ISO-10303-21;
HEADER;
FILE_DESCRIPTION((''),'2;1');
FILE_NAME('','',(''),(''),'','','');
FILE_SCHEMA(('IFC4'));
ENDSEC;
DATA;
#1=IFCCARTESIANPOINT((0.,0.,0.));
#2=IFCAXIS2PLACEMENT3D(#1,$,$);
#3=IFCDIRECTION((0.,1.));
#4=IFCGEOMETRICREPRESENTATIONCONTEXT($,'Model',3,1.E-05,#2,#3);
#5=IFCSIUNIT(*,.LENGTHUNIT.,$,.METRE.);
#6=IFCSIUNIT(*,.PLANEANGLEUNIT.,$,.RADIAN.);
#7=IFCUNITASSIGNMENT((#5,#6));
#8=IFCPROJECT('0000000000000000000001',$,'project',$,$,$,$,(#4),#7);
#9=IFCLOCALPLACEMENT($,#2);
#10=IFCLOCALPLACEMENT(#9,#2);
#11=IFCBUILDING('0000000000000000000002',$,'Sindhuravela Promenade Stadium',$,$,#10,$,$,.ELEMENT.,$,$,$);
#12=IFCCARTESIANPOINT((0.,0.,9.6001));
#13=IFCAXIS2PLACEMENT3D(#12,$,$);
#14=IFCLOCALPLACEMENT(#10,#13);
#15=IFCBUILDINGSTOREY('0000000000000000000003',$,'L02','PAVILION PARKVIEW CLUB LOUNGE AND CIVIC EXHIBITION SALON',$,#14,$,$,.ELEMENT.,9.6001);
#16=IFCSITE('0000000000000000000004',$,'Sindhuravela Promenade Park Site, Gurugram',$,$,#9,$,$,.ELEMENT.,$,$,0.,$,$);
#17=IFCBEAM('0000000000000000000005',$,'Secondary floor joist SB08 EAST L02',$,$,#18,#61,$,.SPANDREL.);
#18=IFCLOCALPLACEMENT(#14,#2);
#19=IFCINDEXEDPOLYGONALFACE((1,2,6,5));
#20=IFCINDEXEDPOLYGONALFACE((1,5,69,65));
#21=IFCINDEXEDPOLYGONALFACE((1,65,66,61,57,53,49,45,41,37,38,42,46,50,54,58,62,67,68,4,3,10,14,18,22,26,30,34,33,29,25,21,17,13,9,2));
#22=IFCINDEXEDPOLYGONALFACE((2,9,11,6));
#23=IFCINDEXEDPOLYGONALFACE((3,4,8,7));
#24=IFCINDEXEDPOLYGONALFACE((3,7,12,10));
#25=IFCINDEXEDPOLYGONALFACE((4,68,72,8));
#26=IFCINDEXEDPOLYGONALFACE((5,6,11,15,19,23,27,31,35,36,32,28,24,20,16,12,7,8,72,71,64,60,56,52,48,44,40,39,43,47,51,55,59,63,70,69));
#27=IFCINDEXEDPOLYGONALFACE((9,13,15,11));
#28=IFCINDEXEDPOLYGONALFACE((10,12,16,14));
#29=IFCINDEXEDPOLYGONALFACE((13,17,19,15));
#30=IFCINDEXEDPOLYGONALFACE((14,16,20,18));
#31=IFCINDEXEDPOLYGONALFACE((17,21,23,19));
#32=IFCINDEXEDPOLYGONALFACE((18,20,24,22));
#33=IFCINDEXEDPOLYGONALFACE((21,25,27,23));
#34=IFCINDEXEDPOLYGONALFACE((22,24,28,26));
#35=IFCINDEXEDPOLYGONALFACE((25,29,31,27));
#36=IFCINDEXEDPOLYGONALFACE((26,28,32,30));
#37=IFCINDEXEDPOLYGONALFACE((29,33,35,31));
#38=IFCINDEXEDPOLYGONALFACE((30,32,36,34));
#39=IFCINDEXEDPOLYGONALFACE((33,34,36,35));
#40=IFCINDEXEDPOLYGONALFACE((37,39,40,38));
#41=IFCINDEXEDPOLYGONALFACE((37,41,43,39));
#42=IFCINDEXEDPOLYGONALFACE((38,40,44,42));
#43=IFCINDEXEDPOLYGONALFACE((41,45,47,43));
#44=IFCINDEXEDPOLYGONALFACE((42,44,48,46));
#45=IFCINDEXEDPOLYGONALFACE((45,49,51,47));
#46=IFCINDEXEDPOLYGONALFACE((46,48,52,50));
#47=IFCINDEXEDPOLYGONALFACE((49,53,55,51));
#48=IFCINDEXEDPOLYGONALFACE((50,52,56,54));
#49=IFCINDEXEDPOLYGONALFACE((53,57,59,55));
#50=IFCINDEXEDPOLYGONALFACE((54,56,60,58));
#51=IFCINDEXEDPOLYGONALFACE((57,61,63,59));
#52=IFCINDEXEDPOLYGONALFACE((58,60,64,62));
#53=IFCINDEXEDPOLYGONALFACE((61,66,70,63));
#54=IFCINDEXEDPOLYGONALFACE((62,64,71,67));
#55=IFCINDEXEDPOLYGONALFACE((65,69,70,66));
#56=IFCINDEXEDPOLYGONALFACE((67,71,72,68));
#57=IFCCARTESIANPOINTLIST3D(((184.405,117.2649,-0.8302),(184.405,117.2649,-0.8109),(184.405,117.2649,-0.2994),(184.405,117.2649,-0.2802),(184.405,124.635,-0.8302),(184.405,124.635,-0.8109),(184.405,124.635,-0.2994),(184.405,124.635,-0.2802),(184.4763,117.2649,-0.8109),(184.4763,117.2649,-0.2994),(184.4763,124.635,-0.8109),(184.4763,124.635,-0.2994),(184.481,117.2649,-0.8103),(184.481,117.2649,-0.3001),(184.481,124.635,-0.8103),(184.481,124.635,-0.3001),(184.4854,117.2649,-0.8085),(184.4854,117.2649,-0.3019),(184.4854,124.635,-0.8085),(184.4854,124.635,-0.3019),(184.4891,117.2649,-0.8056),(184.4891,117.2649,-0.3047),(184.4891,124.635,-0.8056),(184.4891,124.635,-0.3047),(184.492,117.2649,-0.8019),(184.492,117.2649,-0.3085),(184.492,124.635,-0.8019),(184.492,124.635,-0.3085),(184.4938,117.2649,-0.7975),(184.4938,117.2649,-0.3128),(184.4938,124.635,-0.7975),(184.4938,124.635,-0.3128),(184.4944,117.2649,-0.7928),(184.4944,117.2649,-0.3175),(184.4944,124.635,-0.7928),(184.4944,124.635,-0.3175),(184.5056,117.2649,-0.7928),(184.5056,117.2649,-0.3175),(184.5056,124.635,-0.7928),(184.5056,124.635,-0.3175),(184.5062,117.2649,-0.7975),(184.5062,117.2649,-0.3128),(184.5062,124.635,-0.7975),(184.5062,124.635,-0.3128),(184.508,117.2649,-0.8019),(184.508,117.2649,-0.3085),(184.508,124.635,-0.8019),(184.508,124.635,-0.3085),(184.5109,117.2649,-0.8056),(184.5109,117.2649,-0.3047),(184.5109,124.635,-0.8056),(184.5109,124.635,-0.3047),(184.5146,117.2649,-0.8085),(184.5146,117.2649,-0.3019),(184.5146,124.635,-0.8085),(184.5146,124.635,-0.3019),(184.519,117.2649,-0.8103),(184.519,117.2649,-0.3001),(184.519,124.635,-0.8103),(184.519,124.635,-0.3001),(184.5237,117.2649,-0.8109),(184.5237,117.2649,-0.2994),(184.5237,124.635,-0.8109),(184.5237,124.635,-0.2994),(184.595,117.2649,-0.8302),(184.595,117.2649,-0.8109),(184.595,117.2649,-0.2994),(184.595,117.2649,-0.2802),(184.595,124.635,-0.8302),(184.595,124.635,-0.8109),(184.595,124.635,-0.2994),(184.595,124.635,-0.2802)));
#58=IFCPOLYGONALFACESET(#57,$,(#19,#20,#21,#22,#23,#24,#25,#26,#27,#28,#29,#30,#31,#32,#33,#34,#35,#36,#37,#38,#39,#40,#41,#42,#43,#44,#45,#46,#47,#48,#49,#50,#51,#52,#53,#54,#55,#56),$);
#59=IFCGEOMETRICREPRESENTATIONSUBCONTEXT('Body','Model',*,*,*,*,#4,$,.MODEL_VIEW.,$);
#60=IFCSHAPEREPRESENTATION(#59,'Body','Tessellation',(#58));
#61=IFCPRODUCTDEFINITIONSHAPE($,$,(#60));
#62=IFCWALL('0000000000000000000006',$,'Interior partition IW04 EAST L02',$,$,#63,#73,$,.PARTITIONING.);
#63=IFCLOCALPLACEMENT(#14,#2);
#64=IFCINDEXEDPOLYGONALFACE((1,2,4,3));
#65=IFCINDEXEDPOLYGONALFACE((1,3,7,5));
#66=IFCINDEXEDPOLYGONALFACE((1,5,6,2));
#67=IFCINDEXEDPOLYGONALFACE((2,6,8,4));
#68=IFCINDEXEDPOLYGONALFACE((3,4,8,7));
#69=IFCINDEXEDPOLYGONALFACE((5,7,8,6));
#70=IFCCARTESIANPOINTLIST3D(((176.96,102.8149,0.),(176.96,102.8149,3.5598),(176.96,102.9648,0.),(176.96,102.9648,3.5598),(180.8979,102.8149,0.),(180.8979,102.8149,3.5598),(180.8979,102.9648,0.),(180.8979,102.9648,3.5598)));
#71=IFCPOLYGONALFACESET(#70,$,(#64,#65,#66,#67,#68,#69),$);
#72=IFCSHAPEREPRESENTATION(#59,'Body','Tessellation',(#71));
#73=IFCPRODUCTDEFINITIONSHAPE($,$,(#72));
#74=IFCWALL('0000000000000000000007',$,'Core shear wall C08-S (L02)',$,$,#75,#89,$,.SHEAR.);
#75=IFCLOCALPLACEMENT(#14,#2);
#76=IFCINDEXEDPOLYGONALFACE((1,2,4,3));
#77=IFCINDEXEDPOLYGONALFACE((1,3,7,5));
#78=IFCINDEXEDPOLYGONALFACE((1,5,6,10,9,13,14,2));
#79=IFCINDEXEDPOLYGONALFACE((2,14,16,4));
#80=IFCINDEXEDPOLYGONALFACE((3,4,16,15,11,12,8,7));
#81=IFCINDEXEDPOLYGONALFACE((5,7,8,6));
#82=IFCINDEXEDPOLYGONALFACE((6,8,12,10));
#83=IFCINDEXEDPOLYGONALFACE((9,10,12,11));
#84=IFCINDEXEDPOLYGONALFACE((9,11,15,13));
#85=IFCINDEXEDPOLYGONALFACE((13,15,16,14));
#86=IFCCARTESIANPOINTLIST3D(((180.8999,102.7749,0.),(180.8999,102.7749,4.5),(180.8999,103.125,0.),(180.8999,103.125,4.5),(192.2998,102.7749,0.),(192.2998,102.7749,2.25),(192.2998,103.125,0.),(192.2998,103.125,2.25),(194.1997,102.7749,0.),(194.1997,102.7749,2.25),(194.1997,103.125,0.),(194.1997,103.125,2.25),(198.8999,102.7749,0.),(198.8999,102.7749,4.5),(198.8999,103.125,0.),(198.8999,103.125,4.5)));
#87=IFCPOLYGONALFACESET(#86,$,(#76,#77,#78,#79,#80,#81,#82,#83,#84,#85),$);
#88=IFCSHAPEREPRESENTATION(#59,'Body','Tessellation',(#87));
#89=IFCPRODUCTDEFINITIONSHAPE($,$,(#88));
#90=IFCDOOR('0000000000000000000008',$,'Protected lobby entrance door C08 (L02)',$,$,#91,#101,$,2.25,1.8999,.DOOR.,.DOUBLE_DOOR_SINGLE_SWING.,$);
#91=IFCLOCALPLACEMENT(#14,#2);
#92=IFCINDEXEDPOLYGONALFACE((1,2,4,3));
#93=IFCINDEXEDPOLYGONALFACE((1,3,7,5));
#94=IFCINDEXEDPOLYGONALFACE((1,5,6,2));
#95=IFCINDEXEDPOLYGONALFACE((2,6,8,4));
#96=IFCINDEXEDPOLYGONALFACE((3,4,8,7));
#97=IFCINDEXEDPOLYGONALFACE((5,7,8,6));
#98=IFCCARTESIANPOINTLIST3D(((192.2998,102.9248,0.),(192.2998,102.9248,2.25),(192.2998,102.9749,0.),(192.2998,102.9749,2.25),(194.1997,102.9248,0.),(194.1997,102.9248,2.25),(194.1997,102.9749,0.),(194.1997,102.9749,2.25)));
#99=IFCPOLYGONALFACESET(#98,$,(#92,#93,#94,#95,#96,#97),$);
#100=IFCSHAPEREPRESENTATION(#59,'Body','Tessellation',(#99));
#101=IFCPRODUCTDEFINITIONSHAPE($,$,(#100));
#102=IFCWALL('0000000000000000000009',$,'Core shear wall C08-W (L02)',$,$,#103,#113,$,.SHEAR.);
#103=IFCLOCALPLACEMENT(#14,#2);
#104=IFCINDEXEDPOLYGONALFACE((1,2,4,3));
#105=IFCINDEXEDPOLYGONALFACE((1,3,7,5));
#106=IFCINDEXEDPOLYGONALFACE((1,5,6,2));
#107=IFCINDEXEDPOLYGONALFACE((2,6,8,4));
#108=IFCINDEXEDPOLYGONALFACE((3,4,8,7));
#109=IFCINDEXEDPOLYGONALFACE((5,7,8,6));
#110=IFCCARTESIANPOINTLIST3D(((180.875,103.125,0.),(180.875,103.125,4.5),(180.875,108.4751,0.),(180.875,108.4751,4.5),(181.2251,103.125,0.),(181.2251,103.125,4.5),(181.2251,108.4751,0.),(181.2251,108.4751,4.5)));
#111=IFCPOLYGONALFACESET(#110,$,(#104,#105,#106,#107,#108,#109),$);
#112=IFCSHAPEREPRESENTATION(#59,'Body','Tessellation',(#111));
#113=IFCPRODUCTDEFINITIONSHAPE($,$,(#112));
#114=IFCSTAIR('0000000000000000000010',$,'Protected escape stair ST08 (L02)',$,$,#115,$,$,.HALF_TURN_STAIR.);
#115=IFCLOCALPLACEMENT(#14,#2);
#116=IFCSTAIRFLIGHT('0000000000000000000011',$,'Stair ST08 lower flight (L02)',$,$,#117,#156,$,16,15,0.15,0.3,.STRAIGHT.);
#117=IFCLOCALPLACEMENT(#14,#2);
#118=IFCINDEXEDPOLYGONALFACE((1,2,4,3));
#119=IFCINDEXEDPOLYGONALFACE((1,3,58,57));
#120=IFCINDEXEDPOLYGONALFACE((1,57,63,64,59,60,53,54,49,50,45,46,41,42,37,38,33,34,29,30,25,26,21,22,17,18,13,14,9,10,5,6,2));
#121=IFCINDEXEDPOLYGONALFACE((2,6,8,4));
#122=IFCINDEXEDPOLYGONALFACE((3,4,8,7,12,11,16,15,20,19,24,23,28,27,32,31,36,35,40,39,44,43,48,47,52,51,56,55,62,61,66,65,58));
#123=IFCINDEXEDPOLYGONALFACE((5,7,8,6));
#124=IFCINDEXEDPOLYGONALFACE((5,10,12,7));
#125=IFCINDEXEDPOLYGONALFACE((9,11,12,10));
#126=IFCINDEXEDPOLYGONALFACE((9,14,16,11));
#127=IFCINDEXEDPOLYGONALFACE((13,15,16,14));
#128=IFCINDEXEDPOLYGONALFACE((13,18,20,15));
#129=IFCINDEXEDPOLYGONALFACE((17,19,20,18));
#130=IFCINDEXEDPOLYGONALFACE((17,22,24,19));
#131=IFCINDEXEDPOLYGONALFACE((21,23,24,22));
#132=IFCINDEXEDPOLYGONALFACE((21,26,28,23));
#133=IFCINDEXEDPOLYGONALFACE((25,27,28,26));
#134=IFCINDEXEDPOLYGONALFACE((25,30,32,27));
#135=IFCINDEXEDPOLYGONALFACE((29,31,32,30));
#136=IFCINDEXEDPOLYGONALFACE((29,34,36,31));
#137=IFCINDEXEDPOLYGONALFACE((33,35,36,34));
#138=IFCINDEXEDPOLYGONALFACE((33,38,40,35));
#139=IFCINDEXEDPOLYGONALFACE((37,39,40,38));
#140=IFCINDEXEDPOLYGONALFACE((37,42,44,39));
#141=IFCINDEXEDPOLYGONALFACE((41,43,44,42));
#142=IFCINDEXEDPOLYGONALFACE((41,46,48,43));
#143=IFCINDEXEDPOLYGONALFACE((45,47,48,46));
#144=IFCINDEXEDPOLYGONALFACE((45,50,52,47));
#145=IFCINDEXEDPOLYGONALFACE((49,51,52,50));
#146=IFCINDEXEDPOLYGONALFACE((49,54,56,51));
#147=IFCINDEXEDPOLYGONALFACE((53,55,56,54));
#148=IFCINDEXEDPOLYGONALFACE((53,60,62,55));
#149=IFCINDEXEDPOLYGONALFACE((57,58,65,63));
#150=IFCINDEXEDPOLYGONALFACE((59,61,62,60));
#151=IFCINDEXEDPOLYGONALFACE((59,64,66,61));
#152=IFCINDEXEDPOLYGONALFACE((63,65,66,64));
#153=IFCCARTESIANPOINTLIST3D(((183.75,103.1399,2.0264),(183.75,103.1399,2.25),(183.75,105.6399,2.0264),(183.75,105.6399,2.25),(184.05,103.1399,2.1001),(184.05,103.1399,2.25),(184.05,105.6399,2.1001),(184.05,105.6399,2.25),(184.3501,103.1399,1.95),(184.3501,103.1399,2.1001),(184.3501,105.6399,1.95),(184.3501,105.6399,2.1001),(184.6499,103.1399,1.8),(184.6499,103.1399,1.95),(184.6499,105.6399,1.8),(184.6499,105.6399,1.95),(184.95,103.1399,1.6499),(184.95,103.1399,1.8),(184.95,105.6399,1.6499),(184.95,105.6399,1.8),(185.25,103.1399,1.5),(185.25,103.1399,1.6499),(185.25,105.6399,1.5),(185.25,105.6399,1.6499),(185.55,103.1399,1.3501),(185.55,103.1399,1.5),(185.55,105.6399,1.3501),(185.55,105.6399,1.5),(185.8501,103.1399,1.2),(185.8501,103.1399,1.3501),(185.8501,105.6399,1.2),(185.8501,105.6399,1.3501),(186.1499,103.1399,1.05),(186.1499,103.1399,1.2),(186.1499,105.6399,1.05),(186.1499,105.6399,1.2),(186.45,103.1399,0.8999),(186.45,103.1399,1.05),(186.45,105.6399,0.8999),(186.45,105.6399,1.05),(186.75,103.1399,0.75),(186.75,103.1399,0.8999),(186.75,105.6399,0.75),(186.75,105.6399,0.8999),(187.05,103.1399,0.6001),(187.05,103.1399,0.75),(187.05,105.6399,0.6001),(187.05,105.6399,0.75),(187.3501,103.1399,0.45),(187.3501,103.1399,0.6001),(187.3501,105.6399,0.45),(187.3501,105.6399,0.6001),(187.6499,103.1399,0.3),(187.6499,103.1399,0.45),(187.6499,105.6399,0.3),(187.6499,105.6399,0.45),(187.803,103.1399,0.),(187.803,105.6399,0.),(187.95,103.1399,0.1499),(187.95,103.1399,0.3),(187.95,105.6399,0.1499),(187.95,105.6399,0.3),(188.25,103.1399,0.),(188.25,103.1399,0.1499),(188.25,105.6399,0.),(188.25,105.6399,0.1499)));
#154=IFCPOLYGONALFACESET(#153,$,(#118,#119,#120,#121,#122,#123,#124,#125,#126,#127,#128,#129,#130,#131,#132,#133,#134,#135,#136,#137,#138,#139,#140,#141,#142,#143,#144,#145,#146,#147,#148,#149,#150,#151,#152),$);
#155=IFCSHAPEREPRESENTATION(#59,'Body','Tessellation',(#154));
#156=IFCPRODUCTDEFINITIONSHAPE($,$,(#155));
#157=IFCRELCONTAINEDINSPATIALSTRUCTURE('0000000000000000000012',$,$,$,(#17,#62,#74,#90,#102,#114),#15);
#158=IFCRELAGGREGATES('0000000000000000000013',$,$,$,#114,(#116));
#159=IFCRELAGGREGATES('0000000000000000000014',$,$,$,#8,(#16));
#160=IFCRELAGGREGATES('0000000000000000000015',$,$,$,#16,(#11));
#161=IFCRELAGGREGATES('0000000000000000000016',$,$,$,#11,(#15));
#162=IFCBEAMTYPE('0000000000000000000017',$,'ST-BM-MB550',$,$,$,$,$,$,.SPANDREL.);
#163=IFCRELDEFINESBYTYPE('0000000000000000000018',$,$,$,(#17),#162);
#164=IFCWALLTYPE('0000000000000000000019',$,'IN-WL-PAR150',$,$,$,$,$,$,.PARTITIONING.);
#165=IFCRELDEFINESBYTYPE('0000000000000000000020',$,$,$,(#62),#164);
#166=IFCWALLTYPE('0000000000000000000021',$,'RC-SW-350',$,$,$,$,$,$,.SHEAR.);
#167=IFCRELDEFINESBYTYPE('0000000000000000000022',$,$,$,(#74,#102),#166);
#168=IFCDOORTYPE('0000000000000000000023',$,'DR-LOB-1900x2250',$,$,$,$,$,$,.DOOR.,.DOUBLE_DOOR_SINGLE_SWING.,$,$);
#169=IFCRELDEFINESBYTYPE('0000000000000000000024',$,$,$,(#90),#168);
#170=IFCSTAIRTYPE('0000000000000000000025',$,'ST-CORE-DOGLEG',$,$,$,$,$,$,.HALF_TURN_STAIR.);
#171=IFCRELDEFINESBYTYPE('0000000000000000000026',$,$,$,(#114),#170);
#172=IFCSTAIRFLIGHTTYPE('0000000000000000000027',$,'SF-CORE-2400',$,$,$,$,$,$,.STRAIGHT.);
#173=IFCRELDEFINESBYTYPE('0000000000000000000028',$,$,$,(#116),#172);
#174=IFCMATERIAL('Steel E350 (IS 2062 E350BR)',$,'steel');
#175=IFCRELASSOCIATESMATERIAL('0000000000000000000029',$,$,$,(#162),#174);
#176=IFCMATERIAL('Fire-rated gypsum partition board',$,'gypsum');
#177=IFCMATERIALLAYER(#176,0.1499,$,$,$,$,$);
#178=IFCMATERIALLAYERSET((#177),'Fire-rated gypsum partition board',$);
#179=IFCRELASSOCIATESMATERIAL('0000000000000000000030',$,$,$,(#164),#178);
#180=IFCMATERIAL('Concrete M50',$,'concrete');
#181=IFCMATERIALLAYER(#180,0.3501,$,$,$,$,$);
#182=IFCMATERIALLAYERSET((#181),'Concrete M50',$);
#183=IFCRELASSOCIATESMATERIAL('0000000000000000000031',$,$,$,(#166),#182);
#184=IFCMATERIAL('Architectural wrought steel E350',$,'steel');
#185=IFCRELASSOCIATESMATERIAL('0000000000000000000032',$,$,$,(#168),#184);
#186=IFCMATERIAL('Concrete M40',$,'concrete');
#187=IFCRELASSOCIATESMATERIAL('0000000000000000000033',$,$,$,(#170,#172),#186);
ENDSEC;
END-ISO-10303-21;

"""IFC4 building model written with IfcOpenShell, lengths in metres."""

from ifc_helpers import new_model, si_unit, direction, frame, frame_2d, origin, origin_2d, place, context, subcontext, project, spatial, polyline, rectangle, i_section, outline, extrude, material, layer, layer_set, material_profile, profile_set, type_object, element, fill, aggregate, save


model = new_model("IFC4")

# Units and contexts
model_context = context("Model", 3, precision=1e-05, world=origin(), true_north=direction((0.0, 1.0)))
body_context = subcontext(model_context, "Body", "Model", "MODEL_VIEW")
ifc_project = project(units=[si_unit("LENGTHUNIT", "METRE"), si_unit("PLANEANGLEUNIT", "RADIAN")], contexts=[model_context])

# Site, building, storey
site_placement = place(None, origin())
site = spatial("IfcSite", under=ifc_project, at=site_placement, Name="Sindhuravela Promenade Park Site, Gurugram", CompositionType="ELEMENT", RefElevation=0.0)
building_placement = place(site_placement, origin())
building = spatial("IfcBuilding", under=site, at=building_placement, Name="Sindhuravela Promenade Stadium", CompositionType="ELEMENT")
storey_placement = place(building_placement, frame((0.0, 0.0, 9.6001)))
storey = spatial("IfcBuildingStorey", under=building, at=storey_placement, Name="L02", Description="PAVILION PARKVIEW CLUB LOUNGE AND CIVIC EXHIBITION SALON", CompositionType="ELEMENT", Elevation=9.6001)

# Shared definitions
ifc_material_1 = material(Name="Concrete M40", Category="concrete")

# Beam
ifc_material_2 = material(Name="Steel E350 (IS 2062 E350BR)", Category="steel")
ifc_material_profile_1 = material_profile(ifc_material_2, i_section(OverallWidth=0.1899, OverallDepth=0.55, WebThickness=0.0112, FlangeThickness=0.0193, FilletRadius=0.0181, at=origin_2d()), Name="ISMB 550")
ifc_profile_set_1 = profile_set([ifc_material_profile_1], Name="Steel E350 (IS 2062 E350BR)")
beam_type_1 = type_object("IfcBeamType", Name="ST-BM-MB550", PredefinedType="SPANDREL", material=ifc_profile_set_1)
beam_1_placement = place(storey_placement, frame((184.5, 117.2649, -0.5552), z_axis=(0.0, 1.0, 0.0), x_axis=(-1.0, 0.0, 0.0)))
element("IfcBeam", 1, at=beam_1_placement, inside=storey, type_object=beam_type_1, Name="Secondary floor joist SB08 EAST L02", PredefinedType="SPANDREL", context=body_context, shape_type="SweptSolid", body=[
    extrude(i_section(OverallWidth=0.1899, OverallDepth=0.55, WebThickness=0.0112, FlangeThickness=0.0193, FilletRadius=0.0181, at=origin_2d()), origin(), (0.0, 0.0, 1.0), 7.3701),
])

# Wall
ifc_material_3 = material(Name="Fire-rated gypsum partition board", Category="gypsum")
ifc_layer_1 = layer(ifc_material_3, 0.1499)
ifc_layer_set_1 = layer_set([ifc_layer_1], Name="Fire-rated gypsum partition board")
wall_type_1 = type_object("IfcWallType", Name="IN-WL-PAR150", PredefinedType="PARTITIONING", material=ifc_layer_set_1)
wall_1_placement = place(storey_placement, frame((180.8979, 102.8899, 0.0), z_axis=(0.0, 0.0, 1.0), x_axis=(-1.0, 0.0, 0.0)))
element("IfcWall", 2, at=wall_1_placement, inside=storey, type_object=wall_type_1, Name="Interior partition IW04 EAST L02", PredefinedType="PARTITIONING", context=body_context, shape_type="SweptSolid", body=[
    extrude(rectangle(XDim=3.938, YDim=0.1499, at=frame_2d((1.969, 0.0))), origin(), (0.0, 0.0, 1.0), 3.5598),
])

# Wall, opening, door
ifc_material_4 = material(Name="Concrete M50", Category="concrete")
ifc_layer_2 = layer(ifc_material_4, 0.3501)
ifc_layer_set_2 = layer_set([ifc_layer_2], Name="Concrete M50")
wall_type_2 = type_object("IfcWallType", Name="RC-SW-350", PredefinedType="SHEAR", material=ifc_layer_set_2)
wall_2_placement = place(storey_placement, frame((180.8999, 102.95, 0.0), z_axis=(0.0, 0.0, 1.0), x_axis=(1.0, 0.0, 0.0)))
wall_2 = element("IfcWall", 3, at=wall_2_placement, inside=storey, type_object=wall_type_2, Name="Core shear wall C08-S (L02)", PredefinedType="SHEAR", context=body_context, shape_type="SweptSolid", body=[
    extrude(rectangle(XDim=18.0, YDim=0.3501, at=frame_2d((9.0, 0.0))), origin(), (0.0, 0.0, 1.0), 4.5),
])
opening_placement = place(wall_2_placement, frame((11.3999, 0.0, 0.0)))
opening = element("IfcOpeningElement", 4, at=opening_placement, cuts=wall_2, PredefinedType="OPENING", context=body_context, shape_type="SweptSolid", body=[
    extrude(rectangle(XDim=1.8999, YDim=2.25, at=frame_2d((0.95, 1.125))), frame((0.0, 0.1851, 0.0), z_axis=(0.0, -1.0, 0.0), x_axis=(1.0, 0.0, 0.0)), (0.0, 0.0, 1.0), 0.3701),
])
ifc_material_5 = material(Name="Architectural wrought steel E350", Category="steel")
door_type = type_object("IfcDoorType", Name="DR-LOB-1900x2250", OperationType="DOUBLE_DOOR_SINGLE_SWING", PredefinedType="DOOR", material=ifc_material_5)
door_placement = place(opening_placement, origin())
door = element("IfcDoor", 5, at=door_placement, inside=storey, type_object=door_type, Name="Protected lobby entrance door C08 (L02)", OperationType="DOUBLE_DOOR_SINGLE_SWING", OverallHeight=2.25, OverallWidth=1.8999, PredefinedType="DOOR", context=body_context, shape_type="SweptSolid", body=[
    extrude(rectangle(XDim=1.8999, YDim=2.25, at=frame_2d((0.95, 1.125))), frame((0.0, 0.0249, 0.0), z_axis=(0.0, -1.0, 0.0), x_axis=(1.0, 0.0, 0.0)), (0.0, 0.0, 1.0), 0.05),
])
fill(opening, door)

# Wall
wall_3_placement = place(storey_placement, frame((181.05, 108.4751, 0.0), z_axis=(0.0, 0.0, 1.0), x_axis=(0.0, -1.0, 0.0)))
element("IfcWall", 6, at=wall_3_placement, inside=storey, type_object=wall_type_2, Name="Core shear wall C08-W (L02)", PredefinedType="SHEAR", context=body_context, shape_type="SweptSolid", body=[
    extrude(rectangle(XDim=5.3501, YDim=0.3501, at=frame_2d((2.675, 0.0))), origin(), (0.0, 0.0, 1.0), 4.5),
])

# Stair, stair flight
stair_type = type_object("IfcStairType", Name="ST-CORE-DOGLEG", PredefinedType="HALF_TURN_STAIR", material=ifc_material_1)
stair_placement = place(storey_placement, origin())
stair = element("IfcStair", 7, at=stair_placement, inside=storey, type_object=stair_type, Name="Protected escape stair ST08 (L02)", PredefinedType="HALF_TURN_STAIR")
stair_flight_type = type_object("IfcStairFlightType", Name="SF-CORE-2400", PredefinedType="STRAIGHT", material=ifc_material_1)
stair_flight_1_placement = place(storey_placement, frame((188.25, 104.3899, 0.0), z_axis=(0.0, 0.0, 1.0), x_axis=(-1.0, 0.0, 0.0)))
stair_flight_1 = element("IfcStairFlight", 8, at=stair_flight_1_placement, type_object=stair_flight_type, Name="Stair ST08 lower flight (L02)", NumberOfRisers=16, NumberOfTreads=15, PredefinedType="STRAIGHT", RiserHeight=0.15, TreadLength=0.3, context=body_context, shape_type="SweptSolid", body=[
    extrude(outline(polyline([(0.0, 0.0), (0.0, 0.1499), (0.3, 0.1499), (0.3, 0.3), (0.6001, 0.3), (0.6001, 0.45), (0.8999, 0.45), (0.8999, 0.6001), (1.2, 0.6001), (1.2, 0.75), (1.5, 0.75), (1.5, 0.8999), (1.8, 0.8999), (1.8, 1.05), (2.1001, 1.05), (2.1001, 1.2), (2.3999, 1.2), (2.3999, 1.3501), (2.7, 1.3501), (2.7, 1.5), (3.0, 1.5), (3.0, 1.6499), (3.3, 1.6499), (3.3, 1.8), (3.6001, 1.8), (3.6001, 1.95), (3.8999, 1.95), (3.8999, 2.1001), (4.2, 2.1001), (4.2, 2.25), (4.5, 2.25), (4.5, 2.3999), (4.5, 2.0264), (0.447, 0.0), (0.0, 0.0)])), frame((0.0, 1.25, 0.0), z_axis=(0.0, -1.0, 0.0), x_axis=(1.0, 0.0, 0.0)), (0.0, 0.0, 1.0), 2.5),
])
aggregate(stair, [stair_flight_1])

save(model, "model.ifc")
